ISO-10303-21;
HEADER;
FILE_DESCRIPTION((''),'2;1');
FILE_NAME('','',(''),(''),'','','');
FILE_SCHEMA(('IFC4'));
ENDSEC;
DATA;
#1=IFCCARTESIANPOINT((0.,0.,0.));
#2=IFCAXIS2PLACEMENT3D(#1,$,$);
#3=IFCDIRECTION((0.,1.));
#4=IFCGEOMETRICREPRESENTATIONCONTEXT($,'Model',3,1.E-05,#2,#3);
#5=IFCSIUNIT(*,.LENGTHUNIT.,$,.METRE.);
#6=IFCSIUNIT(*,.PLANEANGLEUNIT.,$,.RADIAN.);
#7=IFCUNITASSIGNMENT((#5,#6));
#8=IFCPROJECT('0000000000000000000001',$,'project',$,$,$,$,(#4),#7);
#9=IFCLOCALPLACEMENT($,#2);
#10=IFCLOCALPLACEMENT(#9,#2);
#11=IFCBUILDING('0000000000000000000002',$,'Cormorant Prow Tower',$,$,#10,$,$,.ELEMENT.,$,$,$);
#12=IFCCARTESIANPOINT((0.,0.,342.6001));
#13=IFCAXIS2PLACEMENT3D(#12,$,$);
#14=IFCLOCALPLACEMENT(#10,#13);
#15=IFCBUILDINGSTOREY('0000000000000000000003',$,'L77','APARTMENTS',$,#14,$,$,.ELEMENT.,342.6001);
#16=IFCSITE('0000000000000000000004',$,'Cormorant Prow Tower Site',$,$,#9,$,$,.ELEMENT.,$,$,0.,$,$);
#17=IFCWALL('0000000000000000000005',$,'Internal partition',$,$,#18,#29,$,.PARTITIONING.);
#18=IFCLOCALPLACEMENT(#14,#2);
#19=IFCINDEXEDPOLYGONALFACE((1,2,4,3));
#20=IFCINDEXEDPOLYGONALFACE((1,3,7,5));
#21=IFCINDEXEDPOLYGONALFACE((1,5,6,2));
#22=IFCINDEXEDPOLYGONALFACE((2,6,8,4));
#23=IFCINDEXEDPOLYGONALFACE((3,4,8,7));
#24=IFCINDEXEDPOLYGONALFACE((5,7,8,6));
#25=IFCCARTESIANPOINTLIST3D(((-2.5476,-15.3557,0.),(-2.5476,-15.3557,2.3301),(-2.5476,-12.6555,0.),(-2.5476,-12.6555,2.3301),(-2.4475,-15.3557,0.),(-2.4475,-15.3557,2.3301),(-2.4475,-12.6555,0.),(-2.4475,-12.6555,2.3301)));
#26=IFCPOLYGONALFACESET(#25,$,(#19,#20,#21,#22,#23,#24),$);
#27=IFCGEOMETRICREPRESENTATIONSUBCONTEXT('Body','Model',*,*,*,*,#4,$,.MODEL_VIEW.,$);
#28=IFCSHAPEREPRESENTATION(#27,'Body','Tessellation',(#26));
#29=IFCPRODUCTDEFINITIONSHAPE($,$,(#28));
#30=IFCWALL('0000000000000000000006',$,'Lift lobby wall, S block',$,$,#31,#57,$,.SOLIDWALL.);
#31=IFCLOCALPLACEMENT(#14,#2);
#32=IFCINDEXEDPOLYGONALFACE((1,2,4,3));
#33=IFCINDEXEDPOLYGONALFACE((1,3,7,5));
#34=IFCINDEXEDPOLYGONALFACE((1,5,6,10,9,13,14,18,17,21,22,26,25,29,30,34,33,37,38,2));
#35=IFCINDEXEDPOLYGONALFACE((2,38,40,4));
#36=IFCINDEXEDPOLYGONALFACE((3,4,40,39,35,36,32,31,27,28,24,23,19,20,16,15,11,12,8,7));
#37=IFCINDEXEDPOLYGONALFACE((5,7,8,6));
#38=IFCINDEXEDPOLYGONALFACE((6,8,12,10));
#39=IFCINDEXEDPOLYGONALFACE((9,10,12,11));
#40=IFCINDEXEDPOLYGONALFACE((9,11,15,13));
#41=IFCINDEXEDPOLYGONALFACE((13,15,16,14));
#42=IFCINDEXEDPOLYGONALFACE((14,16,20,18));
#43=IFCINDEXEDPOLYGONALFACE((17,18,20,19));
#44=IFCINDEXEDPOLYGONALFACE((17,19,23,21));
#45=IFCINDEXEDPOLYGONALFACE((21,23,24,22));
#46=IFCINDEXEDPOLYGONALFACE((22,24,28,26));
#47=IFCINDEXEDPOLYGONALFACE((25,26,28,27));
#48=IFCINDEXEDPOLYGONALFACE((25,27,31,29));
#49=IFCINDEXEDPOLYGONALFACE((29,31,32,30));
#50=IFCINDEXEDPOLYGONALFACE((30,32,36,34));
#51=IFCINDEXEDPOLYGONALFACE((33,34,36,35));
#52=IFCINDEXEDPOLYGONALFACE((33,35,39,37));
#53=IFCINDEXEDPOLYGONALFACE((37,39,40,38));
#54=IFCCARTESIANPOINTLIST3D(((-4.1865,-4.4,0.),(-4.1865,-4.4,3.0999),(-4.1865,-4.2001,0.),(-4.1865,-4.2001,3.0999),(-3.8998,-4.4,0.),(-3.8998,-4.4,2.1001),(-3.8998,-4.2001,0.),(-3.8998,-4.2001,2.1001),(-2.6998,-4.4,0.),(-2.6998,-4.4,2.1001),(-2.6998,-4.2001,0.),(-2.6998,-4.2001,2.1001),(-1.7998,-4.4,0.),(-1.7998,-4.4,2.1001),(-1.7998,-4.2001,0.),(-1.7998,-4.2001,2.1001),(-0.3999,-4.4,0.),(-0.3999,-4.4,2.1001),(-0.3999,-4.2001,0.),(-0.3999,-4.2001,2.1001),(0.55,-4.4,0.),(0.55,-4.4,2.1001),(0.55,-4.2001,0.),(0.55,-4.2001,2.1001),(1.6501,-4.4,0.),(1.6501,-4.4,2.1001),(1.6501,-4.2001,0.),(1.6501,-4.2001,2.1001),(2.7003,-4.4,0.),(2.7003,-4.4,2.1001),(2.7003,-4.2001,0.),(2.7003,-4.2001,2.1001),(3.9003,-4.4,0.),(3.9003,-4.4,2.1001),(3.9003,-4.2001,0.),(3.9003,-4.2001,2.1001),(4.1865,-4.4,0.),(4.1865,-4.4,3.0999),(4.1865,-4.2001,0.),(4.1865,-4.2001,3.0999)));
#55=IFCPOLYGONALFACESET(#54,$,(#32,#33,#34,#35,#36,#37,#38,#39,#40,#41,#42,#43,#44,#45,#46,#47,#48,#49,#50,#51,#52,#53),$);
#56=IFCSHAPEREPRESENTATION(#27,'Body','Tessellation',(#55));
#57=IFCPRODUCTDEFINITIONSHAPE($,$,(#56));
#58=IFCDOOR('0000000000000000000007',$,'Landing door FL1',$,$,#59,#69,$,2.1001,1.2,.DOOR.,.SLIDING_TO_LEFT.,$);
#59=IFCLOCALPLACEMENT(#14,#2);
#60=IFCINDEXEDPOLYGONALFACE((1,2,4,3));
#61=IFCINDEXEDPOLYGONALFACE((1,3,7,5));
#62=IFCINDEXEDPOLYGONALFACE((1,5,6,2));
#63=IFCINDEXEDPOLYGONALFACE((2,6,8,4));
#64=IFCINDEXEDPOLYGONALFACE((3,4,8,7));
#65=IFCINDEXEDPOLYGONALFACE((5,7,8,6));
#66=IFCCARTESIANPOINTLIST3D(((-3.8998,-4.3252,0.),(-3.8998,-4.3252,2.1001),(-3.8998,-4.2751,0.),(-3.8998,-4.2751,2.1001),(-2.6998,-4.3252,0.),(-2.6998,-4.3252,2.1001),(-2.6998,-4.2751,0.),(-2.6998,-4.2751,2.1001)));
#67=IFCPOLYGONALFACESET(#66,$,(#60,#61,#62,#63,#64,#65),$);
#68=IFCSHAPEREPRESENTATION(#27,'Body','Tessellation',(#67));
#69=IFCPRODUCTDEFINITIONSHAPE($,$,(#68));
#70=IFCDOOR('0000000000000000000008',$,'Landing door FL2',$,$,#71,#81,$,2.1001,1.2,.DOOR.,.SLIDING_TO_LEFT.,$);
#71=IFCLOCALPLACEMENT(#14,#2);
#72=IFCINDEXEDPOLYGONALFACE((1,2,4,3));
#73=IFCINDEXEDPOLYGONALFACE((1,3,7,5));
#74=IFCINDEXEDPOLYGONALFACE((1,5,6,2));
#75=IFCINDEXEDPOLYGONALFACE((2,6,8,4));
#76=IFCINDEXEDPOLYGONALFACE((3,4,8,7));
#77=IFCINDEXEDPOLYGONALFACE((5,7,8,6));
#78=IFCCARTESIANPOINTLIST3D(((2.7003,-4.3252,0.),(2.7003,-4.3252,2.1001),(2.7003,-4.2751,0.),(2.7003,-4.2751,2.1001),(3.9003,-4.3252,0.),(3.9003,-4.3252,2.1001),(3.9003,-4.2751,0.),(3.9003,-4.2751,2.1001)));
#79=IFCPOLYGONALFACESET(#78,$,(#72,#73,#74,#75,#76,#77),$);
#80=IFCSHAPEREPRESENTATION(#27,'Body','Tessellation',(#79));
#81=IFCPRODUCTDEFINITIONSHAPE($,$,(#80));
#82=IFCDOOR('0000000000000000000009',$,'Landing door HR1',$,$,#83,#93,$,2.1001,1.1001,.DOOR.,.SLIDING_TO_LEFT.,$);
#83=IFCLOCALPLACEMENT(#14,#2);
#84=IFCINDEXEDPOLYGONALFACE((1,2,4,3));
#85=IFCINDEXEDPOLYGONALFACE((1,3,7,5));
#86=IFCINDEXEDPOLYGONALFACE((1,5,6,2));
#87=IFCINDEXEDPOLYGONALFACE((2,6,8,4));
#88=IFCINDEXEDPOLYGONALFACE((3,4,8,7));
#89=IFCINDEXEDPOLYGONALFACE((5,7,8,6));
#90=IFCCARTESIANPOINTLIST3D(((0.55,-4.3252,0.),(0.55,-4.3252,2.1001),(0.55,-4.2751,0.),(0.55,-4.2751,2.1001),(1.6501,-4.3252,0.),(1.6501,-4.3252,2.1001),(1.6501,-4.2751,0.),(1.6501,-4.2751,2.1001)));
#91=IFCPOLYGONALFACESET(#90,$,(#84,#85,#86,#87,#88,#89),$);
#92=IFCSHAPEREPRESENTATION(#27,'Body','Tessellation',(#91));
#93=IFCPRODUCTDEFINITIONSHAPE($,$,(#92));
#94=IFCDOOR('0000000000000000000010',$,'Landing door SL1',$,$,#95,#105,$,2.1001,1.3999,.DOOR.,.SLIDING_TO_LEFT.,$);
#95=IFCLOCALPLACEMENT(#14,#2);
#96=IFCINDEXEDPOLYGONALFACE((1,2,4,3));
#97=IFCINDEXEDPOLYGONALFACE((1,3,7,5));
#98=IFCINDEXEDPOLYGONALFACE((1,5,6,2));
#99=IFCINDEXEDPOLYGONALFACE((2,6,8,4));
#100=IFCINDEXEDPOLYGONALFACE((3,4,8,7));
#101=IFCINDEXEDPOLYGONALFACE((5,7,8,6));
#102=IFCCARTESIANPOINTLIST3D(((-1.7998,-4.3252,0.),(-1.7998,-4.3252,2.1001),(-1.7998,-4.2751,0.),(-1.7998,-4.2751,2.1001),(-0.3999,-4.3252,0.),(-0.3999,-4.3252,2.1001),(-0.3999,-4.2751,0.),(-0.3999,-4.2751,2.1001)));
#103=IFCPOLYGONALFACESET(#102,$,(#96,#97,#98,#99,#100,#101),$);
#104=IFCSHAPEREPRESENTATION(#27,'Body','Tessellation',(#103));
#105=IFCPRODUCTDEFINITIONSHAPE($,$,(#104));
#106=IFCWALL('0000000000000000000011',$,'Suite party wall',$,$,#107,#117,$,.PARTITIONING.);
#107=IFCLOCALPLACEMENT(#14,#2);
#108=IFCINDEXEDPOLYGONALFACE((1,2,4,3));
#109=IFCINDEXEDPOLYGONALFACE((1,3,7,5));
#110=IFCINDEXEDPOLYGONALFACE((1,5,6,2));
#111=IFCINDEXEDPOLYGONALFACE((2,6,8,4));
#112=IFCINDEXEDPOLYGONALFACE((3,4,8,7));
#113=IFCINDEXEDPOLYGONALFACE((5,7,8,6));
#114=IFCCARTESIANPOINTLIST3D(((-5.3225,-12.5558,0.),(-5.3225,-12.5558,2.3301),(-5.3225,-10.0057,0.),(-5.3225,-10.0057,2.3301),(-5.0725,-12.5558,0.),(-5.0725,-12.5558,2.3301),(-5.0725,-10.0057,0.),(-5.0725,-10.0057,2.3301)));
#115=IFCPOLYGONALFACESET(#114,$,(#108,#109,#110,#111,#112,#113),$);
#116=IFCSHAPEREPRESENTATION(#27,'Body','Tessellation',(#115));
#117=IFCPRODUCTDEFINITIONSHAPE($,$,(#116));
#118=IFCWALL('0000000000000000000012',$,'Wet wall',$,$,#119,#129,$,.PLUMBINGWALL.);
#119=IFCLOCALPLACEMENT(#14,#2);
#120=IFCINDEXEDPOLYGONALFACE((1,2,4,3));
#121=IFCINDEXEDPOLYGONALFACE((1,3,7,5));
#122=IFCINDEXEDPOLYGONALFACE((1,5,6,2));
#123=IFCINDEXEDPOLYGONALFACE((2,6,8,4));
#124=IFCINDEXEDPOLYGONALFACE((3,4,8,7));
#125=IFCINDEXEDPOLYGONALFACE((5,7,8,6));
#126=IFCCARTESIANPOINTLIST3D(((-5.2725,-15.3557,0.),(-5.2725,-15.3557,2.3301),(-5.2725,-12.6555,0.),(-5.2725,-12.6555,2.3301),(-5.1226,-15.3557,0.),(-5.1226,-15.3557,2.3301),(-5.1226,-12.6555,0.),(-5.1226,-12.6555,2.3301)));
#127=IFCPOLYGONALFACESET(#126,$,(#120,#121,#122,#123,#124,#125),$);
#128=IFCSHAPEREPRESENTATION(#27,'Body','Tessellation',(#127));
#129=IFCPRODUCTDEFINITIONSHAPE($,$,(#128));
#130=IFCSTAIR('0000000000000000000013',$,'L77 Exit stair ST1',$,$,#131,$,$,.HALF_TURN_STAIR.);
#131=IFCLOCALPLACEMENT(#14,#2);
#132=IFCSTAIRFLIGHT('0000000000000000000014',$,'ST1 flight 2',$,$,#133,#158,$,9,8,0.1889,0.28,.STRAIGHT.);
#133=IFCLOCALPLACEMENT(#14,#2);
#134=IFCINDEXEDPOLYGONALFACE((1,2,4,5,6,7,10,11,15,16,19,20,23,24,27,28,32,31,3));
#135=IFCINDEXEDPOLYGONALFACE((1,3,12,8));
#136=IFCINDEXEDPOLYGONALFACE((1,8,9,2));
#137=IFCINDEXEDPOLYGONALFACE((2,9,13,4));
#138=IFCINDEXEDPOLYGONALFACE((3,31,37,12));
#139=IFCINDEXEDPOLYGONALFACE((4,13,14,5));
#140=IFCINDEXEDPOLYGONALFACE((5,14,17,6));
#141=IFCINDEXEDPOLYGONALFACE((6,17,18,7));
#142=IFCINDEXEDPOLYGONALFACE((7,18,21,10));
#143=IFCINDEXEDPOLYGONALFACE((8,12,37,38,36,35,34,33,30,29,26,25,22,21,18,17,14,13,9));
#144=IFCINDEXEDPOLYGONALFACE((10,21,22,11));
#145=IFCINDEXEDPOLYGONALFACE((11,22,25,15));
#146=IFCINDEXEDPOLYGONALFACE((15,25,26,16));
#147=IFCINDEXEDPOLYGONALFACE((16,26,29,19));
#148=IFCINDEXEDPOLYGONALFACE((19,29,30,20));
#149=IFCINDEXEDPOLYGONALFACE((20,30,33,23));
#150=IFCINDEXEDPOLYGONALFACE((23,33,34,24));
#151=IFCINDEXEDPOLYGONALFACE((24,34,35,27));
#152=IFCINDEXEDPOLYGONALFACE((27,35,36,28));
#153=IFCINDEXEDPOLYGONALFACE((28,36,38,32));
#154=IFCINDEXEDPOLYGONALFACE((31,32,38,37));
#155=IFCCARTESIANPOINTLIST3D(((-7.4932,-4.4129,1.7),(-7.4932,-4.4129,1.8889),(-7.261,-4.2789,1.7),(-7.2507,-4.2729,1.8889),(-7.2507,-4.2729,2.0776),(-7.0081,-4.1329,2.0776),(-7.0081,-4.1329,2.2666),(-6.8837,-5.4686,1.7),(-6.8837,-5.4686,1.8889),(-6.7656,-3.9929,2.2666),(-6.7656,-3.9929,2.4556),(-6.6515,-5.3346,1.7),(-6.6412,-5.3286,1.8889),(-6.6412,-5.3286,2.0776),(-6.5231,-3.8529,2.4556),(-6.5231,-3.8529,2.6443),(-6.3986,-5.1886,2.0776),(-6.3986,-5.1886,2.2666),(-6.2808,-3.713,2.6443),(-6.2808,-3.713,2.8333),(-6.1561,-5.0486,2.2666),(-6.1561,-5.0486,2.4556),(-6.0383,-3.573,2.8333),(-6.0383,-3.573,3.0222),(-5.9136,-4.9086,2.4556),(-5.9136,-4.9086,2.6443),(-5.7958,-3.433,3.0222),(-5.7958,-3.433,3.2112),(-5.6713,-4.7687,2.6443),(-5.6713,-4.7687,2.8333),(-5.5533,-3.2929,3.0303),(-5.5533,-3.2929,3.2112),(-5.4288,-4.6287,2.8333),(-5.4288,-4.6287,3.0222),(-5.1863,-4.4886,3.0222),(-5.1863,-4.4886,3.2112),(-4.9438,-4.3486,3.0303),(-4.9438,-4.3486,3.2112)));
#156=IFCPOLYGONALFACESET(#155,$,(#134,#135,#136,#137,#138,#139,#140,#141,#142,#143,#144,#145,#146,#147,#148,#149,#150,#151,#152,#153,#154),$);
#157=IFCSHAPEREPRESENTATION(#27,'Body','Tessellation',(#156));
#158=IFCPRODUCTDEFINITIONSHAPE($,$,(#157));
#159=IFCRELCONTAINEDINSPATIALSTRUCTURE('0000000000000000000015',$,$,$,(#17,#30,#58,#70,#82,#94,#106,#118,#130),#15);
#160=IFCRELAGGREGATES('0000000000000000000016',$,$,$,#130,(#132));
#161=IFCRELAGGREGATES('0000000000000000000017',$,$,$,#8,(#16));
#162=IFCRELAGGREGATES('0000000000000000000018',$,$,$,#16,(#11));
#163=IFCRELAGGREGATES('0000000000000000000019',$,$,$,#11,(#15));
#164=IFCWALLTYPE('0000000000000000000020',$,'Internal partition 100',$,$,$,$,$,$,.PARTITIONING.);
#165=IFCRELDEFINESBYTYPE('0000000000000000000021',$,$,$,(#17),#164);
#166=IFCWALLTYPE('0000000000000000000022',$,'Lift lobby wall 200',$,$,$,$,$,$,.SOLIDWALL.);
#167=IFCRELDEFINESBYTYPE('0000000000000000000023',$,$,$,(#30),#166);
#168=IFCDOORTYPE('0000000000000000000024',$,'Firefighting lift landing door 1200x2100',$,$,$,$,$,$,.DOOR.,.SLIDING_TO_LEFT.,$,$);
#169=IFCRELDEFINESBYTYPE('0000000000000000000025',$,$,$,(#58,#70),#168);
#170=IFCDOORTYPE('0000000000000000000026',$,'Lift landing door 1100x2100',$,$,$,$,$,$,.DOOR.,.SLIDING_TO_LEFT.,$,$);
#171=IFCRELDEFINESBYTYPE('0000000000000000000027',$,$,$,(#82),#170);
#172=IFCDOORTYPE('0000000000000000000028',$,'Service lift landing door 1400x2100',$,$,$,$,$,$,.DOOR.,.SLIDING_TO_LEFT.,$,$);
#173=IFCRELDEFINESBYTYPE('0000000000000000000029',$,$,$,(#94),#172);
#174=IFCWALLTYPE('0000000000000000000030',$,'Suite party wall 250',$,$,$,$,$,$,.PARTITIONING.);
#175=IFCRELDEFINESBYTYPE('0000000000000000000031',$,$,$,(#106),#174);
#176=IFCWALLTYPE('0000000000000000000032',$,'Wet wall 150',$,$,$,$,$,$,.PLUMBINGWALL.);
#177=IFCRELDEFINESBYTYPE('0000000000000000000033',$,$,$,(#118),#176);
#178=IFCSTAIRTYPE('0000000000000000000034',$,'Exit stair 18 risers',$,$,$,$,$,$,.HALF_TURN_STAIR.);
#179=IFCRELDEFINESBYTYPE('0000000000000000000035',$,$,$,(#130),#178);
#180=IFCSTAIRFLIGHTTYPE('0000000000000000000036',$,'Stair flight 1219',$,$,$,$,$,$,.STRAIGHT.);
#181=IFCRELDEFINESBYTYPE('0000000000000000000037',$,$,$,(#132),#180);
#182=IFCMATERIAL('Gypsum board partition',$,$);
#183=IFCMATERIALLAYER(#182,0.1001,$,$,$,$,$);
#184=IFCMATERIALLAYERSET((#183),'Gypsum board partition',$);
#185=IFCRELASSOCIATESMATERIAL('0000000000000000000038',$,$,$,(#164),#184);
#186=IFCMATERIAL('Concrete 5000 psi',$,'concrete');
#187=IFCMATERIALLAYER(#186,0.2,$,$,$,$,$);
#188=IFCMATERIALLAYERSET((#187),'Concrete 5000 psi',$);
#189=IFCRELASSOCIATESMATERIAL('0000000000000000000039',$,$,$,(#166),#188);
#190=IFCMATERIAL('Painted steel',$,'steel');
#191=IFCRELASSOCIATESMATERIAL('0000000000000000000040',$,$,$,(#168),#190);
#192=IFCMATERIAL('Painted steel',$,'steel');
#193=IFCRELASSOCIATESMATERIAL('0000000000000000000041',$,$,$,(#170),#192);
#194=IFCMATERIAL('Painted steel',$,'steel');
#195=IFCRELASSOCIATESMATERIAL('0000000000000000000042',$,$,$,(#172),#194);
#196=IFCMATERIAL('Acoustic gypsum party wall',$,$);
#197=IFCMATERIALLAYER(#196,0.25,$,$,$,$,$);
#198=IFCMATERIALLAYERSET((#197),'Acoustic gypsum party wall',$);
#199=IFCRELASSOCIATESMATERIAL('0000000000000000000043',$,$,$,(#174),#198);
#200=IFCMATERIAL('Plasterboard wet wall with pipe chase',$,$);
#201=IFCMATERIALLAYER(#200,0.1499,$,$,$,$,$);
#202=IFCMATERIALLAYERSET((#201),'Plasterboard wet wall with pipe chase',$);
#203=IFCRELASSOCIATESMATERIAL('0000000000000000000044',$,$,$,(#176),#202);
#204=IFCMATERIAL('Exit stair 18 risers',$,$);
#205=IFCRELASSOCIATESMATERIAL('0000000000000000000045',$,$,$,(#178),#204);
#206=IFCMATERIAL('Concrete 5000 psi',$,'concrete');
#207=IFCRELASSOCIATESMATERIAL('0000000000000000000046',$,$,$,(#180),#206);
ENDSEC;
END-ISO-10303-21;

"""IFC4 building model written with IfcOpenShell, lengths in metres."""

from ifc_helpers import new_model, si_unit, direction, frame, frame_2d, origin, place, context, subcontext, project, spatial, polyline, rectangle, outline, extrude, material, layer, layer_set, type_object, element, fill, aggregate, save


model = new_model("IFC4")

# Units and contexts
model_context = context("Model", 3, precision=1e-05, world=origin(), true_north=direction((0.0, 1.0)))
body_context = subcontext(model_context, "Body", "Model", "MODEL_VIEW")
ifc_project = project(units=[si_unit("LENGTHUNIT", "METRE"), si_unit("PLANEANGLEUNIT", "RADIAN")], contexts=[model_context])

# Site, building, storey
site_placement = place(None, origin())
site = spatial("IfcSite", under=ifc_project, at=site_placement, Name="Cormorant Prow Tower Site", CompositionType="ELEMENT", RefElevation=0.0)
building_placement = place(site_placement, origin())
building = spatial("IfcBuilding", under=site, at=building_placement, Name="Cormorant Prow Tower", CompositionType="ELEMENT")
storey_placement = place(building_placement, frame((0.0, 0.0, 342.6001)))
storey = spatial("IfcBuildingStorey", under=building, at=storey_placement, Name="L77", Description="APARTMENTS", CompositionType="ELEMENT", Elevation=342.6001)

# Wall
ifc_material_1 = material(Name="Gypsum board partition")
ifc_layer_1 = layer(ifc_material_1, 0.1001)
ifc_layer_set_1 = layer_set([ifc_layer_1], Name="Gypsum board partition")
wall_type_1 = type_object("IfcWallType", Name="Internal partition 100", PredefinedType="PARTITIONING", material=ifc_layer_set_1)
wall_1_placement = place(storey_placement, frame((-2.4976, -15.3557, 0.0), z_axis=(0.0, 0.0, 1.0), x_axis=(0.0, 1.0, 0.0)))
element("IfcWall", 1, at=wall_1_placement, inside=storey, type_object=wall_type_1, Name="Internal partition", PredefinedType="PARTITIONING", context=body_context, shape_type="SweptSolid", body=[
    extrude(rectangle(XDim=2.7002, YDim=0.1001, at=frame_2d((1.3501, 0.0))), origin(), (0.0, 0.0, 1.0), 2.3301),
])

# Wall, openings, doors
ifc_material_2 = material(Name="Concrete 5000 psi", Category="concrete")
ifc_layer_2 = layer(ifc_material_2, 0.2)
ifc_layer_set_2 = layer_set([ifc_layer_2], Name="Concrete 5000 psi")
wall_type_2 = type_object("IfcWallType", Name="Lift lobby wall 200", PredefinedType="SOLIDWALL", material=ifc_layer_set_2)
wall_2_placement = place(storey_placement, frame((-4.1865, -4.3, 0.0), z_axis=(0.0, 0.0, 1.0), x_axis=(1.0, 0.0, 0.0)))
wall_2 = element("IfcWall", 2, at=wall_2_placement, inside=storey, type_object=wall_type_2, Name="Lift lobby wall, S block", PredefinedType="SOLIDWALL", context=body_context, shape_type="SweptSolid", body=[
    extrude(rectangle(XDim=8.373, YDim=0.2, at=frame_2d((4.1865, 0.0))), origin(), (0.0, 0.0, 1.0), 3.0999),
])
opening_1_placement = place(wall_2_placement, frame((0.2866, 0.0, 0.0)))
opening_1 = element("IfcOpeningElement", 3, at=opening_1_placement, cuts=wall_2, PredefinedType="OPENING", context=body_context, shape_type="SweptSolid", body=[
    extrude(rectangle(XDim=1.2, YDim=2.1001, at=frame_2d((0.6001, 1.05))), frame((0.0, 0.1099, 0.0), z_axis=(0.0, -1.0, 0.0), x_axis=(1.0, 0.0, 0.0)), (0.0, 0.0, 1.0), 0.22),
])
opening_2_placement = place(wall_2_placement, frame((2.3867, 0.0, 0.0)))
opening_2 = element("IfcOpeningElement", 4, at=opening_2_placement, cuts=wall_2, PredefinedType="OPENING", context=body_context, shape_type="SweptSolid", body=[
    extrude(rectangle(XDim=1.3999, YDim=2.1001, at=frame_2d((0.7, 1.05))), frame((0.0, 0.1099, 0.0), z_axis=(0.0, -1.0, 0.0), x_axis=(1.0, 0.0, 0.0)), (0.0, 0.0, 1.0), 0.22),
])
opening_3_placement = place(wall_2_placement, frame((4.7366, 0.0, 0.0)))
opening_3 = element("IfcOpeningElement", 5, at=opening_3_placement, cuts=wall_2, PredefinedType="OPENING", context=body_context, shape_type="SweptSolid", body=[
    extrude(rectangle(XDim=1.1001, YDim=2.1001, at=frame_2d((0.55, 1.05))), frame((0.0, 0.1099, 0.0), z_axis=(0.0, -1.0, 0.0), x_axis=(1.0, 0.0, 0.0)), (0.0, 0.0, 1.0), 0.22),
])
opening_4_placement = place(wall_2_placement, frame((6.8867, 0.0, 0.0)))
opening_4 = element("IfcOpeningElement", 6, at=opening_4_placement, cuts=wall_2, PredefinedType="OPENING", context=body_context, shape_type="SweptSolid", body=[
    extrude(rectangle(XDim=1.2, YDim=2.1001, at=frame_2d((0.6001, 1.05))), frame((0.0, 0.1099, 0.0), z_axis=(0.0, -1.0, 0.0), x_axis=(1.0, 0.0, 0.0)), (0.0, 0.0, 1.0), 0.22),
])
ifc_material_3 = material(Name="Painted steel", Category="steel")
door_type_1 = type_object("IfcDoorType", Name="Firefighting lift landing door 1200x2100", OperationType="SLIDING_TO_LEFT", PredefinedType="DOOR", material=ifc_material_3)
door_1_placement = place(opening_1_placement, origin())
door_1 = element("IfcDoor", 7, at=door_1_placement, inside=storey, type_object=door_type_1, Name="Landing door FL1", OperationType="SLIDING_TO_LEFT", OverallHeight=2.1001, OverallWidth=1.2, PredefinedType="DOOR", context=body_context, shape_type="SweptSolid", body=[
    extrude(rectangle(XDim=1.2, YDim=2.1001, at=frame_2d((0.6001, 1.05))), frame((0.0, 0.0249, 0.0), z_axis=(0.0, -1.0, 0.0), x_axis=(1.0, 0.0, 0.0)), (0.0, 0.0, 1.0), 0.05),
])
fill(opening_1, door_1)
door_2_placement = place(opening_4_placement, origin())
door_2 = element("IfcDoor", 8, at=door_2_placement, inside=storey, type_object=door_type_1, Name="Landing door FL2", OperationType="SLIDING_TO_LEFT", OverallHeight=2.1001, OverallWidth=1.2, PredefinedType="DOOR", context=body_context, shape_type="SweptSolid", body=[
    extrude(rectangle(XDim=1.2, YDim=2.1001, at=frame_2d((0.6001, 1.05))), frame((0.0, 0.0249, 0.0), z_axis=(0.0, -1.0, 0.0), x_axis=(1.0, 0.0, 0.0)), (0.0, 0.0, 1.0), 0.05),
])
fill(opening_4, door_2)
ifc_material_4 = material(Name="Painted steel", Category="steel")
door_type_2 = type_object("IfcDoorType", Name="Lift landing door 1100x2100", OperationType="SLIDING_TO_LEFT", PredefinedType="DOOR", material=ifc_material_4)
door_3_placement = place(opening_3_placement, origin())
door_3 = element("IfcDoor", 9, at=door_3_placement, inside=storey, type_object=door_type_2, Name="Landing door HR1", OperationType="SLIDING_TO_LEFT", OverallHeight=2.1001, OverallWidth=1.1001, PredefinedType="DOOR", context=body_context, shape_type="SweptSolid", body=[
    extrude(rectangle(XDim=1.1001, YDim=2.1001, at=frame_2d((0.55, 1.05))), frame((0.0, 0.0249, 0.0), z_axis=(0.0, -1.0, 0.0), x_axis=(1.0, 0.0, 0.0)), (0.0, 0.0, 1.0), 0.05),
])
fill(opening_3, door_3)
ifc_material_5 = material(Name="Painted steel", Category="steel")
door_type_3 = type_object("IfcDoorType", Name="Service lift landing door 1400x2100", OperationType="SLIDING_TO_LEFT", PredefinedType="DOOR", material=ifc_material_5)
door_4_placement = place(opening_2_placement, origin())
door_4 = element("IfcDoor", 10, at=door_4_placement, inside=storey, type_object=door_type_3, Name="Landing door SL1", OperationType="SLIDING_TO_LEFT", OverallHeight=2.1001, OverallWidth=1.3999, PredefinedType="DOOR", context=body_context, shape_type="SweptSolid", body=[
    extrude(rectangle(XDim=1.3999, YDim=2.1001, at=frame_2d((0.7, 1.05))), frame((0.0, 0.0249, 0.0), z_axis=(0.0, -1.0, 0.0), x_axis=(1.0, 0.0, 0.0)), (0.0, 0.0, 1.0), 0.05),
])
fill(opening_2, door_4)

# Walls
ifc_material_6 = material(Name="Acoustic gypsum party wall")
ifc_layer_3 = layer(ifc_material_6, 0.25)
ifc_layer_set_3 = layer_set([ifc_layer_3], Name="Acoustic gypsum party wall")
wall_type_3 = type_object("IfcWallType", Name="Suite party wall 250", PredefinedType="PARTITIONING", material=ifc_layer_set_3)
wall_3_placement = place(storey_placement, frame((-5.1975, -12.5557, 0.0), z_axis=(0.0, 0.0, 1.0), x_axis=(0.0, 1.0, 0.0)))
element("IfcWall", 11, at=wall_3_placement, inside=storey, type_object=wall_type_3, Name="Suite party wall", PredefinedType="PARTITIONING", context=body_context, shape_type="SweptSolid", body=[
    extrude(rectangle(XDim=2.55, YDim=0.25, at=frame_2d((1.2749, 0.0))), origin(), (0.0, 0.0, 1.0), 2.3301),
])
ifc_material_7 = material(Name="Plasterboard wet wall with pipe chase")
ifc_layer_4 = layer(ifc_material_7, 0.1499)
ifc_layer_set_4 = layer_set([ifc_layer_4], Name="Plasterboard wet wall with pipe chase")
wall_type_4 = type_object("IfcWallType", Name="Wet wall 150", PredefinedType="PLUMBINGWALL", material=ifc_layer_set_4)
wall_4_placement = place(storey_placement, frame((-5.1975, -15.3557, 0.0), z_axis=(0.0, 0.0, 1.0), x_axis=(0.0, 1.0, 0.0)))
element("IfcWall", 12, at=wall_4_placement, inside=storey, type_object=wall_type_4, Name="Wet wall", PredefinedType="PLUMBINGWALL", context=body_context, shape_type="SweptSolid", body=[
    extrude(rectangle(XDim=2.7002, YDim=0.1499, at=frame_2d((1.3501, 0.0))), origin(), (0.0, 0.0, 1.0), 2.3301),
])

# Stair, stair flight
ifc_material_8 = material(Name="Exit stair 18 risers")
stair_type = type_object("IfcStairType", Name="Exit stair 18 risers", PredefinedType="HALF_TURN_STAIR", material=ifc_material_8)
stair_placement = place(storey_placement, origin())
stair = element("IfcStair", 13, at=stair_placement, inside=storey, type_object=stair_type, Name="L77 Exit stair ST1", PredefinedType="HALF_TURN_STAIR")
ifc_material_9 = material(Name="Concrete 5000 psi", Category="concrete")
stair_flight_type = type_object("IfcStairFlightType", Name="Stair flight 1219", PredefinedType="STRAIGHT", material=ifc_material_9)
stair_flight_placement = place(storey_placement, frame((-7.1885, -4.9407, 1.7), z_axis=(0.0, 0.0, 1.0), x_axis=(0.866025, 0.5, 0.0)))
stair_flight = element("IfcStairFlight", 14, at=stair_flight_placement, type_object=stair_flight_type, Name="ST1 flight 2", NumberOfRisers=9, NumberOfTreads=8, PredefinedType="STRAIGHT", RiserHeight=0.1889, TreadLength=0.28, context=body_context, shape_type="SweptSolid", body=[
    extrude(outline(polyline([(0.0, 0.0), (0.0, 0.189), (0.28, 0.189), (0.28, 0.3777), (0.5601, 0.3777), (0.5601, 0.5667), (0.8401, 0.5667), (0.8401, 0.7556), (1.1201, 0.7556), (1.1201, 0.9443), (1.3999, 0.9443), (1.3999, 1.1333), (1.6799, 1.1333), (1.6799, 1.3223), (1.96, 1.3223), (1.96, 1.5112), (2.24, 1.5112), (2.24, 1.7), (2.24, 1.3303), (0.2681, 0.0), (0.0, 0.0)])), frame((0.0, 0.6094, 0.0), z_axis=(0.0, -1.0, 0.0), x_axis=(1.0, 0.0, 0.0)), (0.0, 0.0, 1.0), 1.219),
])
aggregate(stair, [stair_flight])

save(model, "model.ifc")
